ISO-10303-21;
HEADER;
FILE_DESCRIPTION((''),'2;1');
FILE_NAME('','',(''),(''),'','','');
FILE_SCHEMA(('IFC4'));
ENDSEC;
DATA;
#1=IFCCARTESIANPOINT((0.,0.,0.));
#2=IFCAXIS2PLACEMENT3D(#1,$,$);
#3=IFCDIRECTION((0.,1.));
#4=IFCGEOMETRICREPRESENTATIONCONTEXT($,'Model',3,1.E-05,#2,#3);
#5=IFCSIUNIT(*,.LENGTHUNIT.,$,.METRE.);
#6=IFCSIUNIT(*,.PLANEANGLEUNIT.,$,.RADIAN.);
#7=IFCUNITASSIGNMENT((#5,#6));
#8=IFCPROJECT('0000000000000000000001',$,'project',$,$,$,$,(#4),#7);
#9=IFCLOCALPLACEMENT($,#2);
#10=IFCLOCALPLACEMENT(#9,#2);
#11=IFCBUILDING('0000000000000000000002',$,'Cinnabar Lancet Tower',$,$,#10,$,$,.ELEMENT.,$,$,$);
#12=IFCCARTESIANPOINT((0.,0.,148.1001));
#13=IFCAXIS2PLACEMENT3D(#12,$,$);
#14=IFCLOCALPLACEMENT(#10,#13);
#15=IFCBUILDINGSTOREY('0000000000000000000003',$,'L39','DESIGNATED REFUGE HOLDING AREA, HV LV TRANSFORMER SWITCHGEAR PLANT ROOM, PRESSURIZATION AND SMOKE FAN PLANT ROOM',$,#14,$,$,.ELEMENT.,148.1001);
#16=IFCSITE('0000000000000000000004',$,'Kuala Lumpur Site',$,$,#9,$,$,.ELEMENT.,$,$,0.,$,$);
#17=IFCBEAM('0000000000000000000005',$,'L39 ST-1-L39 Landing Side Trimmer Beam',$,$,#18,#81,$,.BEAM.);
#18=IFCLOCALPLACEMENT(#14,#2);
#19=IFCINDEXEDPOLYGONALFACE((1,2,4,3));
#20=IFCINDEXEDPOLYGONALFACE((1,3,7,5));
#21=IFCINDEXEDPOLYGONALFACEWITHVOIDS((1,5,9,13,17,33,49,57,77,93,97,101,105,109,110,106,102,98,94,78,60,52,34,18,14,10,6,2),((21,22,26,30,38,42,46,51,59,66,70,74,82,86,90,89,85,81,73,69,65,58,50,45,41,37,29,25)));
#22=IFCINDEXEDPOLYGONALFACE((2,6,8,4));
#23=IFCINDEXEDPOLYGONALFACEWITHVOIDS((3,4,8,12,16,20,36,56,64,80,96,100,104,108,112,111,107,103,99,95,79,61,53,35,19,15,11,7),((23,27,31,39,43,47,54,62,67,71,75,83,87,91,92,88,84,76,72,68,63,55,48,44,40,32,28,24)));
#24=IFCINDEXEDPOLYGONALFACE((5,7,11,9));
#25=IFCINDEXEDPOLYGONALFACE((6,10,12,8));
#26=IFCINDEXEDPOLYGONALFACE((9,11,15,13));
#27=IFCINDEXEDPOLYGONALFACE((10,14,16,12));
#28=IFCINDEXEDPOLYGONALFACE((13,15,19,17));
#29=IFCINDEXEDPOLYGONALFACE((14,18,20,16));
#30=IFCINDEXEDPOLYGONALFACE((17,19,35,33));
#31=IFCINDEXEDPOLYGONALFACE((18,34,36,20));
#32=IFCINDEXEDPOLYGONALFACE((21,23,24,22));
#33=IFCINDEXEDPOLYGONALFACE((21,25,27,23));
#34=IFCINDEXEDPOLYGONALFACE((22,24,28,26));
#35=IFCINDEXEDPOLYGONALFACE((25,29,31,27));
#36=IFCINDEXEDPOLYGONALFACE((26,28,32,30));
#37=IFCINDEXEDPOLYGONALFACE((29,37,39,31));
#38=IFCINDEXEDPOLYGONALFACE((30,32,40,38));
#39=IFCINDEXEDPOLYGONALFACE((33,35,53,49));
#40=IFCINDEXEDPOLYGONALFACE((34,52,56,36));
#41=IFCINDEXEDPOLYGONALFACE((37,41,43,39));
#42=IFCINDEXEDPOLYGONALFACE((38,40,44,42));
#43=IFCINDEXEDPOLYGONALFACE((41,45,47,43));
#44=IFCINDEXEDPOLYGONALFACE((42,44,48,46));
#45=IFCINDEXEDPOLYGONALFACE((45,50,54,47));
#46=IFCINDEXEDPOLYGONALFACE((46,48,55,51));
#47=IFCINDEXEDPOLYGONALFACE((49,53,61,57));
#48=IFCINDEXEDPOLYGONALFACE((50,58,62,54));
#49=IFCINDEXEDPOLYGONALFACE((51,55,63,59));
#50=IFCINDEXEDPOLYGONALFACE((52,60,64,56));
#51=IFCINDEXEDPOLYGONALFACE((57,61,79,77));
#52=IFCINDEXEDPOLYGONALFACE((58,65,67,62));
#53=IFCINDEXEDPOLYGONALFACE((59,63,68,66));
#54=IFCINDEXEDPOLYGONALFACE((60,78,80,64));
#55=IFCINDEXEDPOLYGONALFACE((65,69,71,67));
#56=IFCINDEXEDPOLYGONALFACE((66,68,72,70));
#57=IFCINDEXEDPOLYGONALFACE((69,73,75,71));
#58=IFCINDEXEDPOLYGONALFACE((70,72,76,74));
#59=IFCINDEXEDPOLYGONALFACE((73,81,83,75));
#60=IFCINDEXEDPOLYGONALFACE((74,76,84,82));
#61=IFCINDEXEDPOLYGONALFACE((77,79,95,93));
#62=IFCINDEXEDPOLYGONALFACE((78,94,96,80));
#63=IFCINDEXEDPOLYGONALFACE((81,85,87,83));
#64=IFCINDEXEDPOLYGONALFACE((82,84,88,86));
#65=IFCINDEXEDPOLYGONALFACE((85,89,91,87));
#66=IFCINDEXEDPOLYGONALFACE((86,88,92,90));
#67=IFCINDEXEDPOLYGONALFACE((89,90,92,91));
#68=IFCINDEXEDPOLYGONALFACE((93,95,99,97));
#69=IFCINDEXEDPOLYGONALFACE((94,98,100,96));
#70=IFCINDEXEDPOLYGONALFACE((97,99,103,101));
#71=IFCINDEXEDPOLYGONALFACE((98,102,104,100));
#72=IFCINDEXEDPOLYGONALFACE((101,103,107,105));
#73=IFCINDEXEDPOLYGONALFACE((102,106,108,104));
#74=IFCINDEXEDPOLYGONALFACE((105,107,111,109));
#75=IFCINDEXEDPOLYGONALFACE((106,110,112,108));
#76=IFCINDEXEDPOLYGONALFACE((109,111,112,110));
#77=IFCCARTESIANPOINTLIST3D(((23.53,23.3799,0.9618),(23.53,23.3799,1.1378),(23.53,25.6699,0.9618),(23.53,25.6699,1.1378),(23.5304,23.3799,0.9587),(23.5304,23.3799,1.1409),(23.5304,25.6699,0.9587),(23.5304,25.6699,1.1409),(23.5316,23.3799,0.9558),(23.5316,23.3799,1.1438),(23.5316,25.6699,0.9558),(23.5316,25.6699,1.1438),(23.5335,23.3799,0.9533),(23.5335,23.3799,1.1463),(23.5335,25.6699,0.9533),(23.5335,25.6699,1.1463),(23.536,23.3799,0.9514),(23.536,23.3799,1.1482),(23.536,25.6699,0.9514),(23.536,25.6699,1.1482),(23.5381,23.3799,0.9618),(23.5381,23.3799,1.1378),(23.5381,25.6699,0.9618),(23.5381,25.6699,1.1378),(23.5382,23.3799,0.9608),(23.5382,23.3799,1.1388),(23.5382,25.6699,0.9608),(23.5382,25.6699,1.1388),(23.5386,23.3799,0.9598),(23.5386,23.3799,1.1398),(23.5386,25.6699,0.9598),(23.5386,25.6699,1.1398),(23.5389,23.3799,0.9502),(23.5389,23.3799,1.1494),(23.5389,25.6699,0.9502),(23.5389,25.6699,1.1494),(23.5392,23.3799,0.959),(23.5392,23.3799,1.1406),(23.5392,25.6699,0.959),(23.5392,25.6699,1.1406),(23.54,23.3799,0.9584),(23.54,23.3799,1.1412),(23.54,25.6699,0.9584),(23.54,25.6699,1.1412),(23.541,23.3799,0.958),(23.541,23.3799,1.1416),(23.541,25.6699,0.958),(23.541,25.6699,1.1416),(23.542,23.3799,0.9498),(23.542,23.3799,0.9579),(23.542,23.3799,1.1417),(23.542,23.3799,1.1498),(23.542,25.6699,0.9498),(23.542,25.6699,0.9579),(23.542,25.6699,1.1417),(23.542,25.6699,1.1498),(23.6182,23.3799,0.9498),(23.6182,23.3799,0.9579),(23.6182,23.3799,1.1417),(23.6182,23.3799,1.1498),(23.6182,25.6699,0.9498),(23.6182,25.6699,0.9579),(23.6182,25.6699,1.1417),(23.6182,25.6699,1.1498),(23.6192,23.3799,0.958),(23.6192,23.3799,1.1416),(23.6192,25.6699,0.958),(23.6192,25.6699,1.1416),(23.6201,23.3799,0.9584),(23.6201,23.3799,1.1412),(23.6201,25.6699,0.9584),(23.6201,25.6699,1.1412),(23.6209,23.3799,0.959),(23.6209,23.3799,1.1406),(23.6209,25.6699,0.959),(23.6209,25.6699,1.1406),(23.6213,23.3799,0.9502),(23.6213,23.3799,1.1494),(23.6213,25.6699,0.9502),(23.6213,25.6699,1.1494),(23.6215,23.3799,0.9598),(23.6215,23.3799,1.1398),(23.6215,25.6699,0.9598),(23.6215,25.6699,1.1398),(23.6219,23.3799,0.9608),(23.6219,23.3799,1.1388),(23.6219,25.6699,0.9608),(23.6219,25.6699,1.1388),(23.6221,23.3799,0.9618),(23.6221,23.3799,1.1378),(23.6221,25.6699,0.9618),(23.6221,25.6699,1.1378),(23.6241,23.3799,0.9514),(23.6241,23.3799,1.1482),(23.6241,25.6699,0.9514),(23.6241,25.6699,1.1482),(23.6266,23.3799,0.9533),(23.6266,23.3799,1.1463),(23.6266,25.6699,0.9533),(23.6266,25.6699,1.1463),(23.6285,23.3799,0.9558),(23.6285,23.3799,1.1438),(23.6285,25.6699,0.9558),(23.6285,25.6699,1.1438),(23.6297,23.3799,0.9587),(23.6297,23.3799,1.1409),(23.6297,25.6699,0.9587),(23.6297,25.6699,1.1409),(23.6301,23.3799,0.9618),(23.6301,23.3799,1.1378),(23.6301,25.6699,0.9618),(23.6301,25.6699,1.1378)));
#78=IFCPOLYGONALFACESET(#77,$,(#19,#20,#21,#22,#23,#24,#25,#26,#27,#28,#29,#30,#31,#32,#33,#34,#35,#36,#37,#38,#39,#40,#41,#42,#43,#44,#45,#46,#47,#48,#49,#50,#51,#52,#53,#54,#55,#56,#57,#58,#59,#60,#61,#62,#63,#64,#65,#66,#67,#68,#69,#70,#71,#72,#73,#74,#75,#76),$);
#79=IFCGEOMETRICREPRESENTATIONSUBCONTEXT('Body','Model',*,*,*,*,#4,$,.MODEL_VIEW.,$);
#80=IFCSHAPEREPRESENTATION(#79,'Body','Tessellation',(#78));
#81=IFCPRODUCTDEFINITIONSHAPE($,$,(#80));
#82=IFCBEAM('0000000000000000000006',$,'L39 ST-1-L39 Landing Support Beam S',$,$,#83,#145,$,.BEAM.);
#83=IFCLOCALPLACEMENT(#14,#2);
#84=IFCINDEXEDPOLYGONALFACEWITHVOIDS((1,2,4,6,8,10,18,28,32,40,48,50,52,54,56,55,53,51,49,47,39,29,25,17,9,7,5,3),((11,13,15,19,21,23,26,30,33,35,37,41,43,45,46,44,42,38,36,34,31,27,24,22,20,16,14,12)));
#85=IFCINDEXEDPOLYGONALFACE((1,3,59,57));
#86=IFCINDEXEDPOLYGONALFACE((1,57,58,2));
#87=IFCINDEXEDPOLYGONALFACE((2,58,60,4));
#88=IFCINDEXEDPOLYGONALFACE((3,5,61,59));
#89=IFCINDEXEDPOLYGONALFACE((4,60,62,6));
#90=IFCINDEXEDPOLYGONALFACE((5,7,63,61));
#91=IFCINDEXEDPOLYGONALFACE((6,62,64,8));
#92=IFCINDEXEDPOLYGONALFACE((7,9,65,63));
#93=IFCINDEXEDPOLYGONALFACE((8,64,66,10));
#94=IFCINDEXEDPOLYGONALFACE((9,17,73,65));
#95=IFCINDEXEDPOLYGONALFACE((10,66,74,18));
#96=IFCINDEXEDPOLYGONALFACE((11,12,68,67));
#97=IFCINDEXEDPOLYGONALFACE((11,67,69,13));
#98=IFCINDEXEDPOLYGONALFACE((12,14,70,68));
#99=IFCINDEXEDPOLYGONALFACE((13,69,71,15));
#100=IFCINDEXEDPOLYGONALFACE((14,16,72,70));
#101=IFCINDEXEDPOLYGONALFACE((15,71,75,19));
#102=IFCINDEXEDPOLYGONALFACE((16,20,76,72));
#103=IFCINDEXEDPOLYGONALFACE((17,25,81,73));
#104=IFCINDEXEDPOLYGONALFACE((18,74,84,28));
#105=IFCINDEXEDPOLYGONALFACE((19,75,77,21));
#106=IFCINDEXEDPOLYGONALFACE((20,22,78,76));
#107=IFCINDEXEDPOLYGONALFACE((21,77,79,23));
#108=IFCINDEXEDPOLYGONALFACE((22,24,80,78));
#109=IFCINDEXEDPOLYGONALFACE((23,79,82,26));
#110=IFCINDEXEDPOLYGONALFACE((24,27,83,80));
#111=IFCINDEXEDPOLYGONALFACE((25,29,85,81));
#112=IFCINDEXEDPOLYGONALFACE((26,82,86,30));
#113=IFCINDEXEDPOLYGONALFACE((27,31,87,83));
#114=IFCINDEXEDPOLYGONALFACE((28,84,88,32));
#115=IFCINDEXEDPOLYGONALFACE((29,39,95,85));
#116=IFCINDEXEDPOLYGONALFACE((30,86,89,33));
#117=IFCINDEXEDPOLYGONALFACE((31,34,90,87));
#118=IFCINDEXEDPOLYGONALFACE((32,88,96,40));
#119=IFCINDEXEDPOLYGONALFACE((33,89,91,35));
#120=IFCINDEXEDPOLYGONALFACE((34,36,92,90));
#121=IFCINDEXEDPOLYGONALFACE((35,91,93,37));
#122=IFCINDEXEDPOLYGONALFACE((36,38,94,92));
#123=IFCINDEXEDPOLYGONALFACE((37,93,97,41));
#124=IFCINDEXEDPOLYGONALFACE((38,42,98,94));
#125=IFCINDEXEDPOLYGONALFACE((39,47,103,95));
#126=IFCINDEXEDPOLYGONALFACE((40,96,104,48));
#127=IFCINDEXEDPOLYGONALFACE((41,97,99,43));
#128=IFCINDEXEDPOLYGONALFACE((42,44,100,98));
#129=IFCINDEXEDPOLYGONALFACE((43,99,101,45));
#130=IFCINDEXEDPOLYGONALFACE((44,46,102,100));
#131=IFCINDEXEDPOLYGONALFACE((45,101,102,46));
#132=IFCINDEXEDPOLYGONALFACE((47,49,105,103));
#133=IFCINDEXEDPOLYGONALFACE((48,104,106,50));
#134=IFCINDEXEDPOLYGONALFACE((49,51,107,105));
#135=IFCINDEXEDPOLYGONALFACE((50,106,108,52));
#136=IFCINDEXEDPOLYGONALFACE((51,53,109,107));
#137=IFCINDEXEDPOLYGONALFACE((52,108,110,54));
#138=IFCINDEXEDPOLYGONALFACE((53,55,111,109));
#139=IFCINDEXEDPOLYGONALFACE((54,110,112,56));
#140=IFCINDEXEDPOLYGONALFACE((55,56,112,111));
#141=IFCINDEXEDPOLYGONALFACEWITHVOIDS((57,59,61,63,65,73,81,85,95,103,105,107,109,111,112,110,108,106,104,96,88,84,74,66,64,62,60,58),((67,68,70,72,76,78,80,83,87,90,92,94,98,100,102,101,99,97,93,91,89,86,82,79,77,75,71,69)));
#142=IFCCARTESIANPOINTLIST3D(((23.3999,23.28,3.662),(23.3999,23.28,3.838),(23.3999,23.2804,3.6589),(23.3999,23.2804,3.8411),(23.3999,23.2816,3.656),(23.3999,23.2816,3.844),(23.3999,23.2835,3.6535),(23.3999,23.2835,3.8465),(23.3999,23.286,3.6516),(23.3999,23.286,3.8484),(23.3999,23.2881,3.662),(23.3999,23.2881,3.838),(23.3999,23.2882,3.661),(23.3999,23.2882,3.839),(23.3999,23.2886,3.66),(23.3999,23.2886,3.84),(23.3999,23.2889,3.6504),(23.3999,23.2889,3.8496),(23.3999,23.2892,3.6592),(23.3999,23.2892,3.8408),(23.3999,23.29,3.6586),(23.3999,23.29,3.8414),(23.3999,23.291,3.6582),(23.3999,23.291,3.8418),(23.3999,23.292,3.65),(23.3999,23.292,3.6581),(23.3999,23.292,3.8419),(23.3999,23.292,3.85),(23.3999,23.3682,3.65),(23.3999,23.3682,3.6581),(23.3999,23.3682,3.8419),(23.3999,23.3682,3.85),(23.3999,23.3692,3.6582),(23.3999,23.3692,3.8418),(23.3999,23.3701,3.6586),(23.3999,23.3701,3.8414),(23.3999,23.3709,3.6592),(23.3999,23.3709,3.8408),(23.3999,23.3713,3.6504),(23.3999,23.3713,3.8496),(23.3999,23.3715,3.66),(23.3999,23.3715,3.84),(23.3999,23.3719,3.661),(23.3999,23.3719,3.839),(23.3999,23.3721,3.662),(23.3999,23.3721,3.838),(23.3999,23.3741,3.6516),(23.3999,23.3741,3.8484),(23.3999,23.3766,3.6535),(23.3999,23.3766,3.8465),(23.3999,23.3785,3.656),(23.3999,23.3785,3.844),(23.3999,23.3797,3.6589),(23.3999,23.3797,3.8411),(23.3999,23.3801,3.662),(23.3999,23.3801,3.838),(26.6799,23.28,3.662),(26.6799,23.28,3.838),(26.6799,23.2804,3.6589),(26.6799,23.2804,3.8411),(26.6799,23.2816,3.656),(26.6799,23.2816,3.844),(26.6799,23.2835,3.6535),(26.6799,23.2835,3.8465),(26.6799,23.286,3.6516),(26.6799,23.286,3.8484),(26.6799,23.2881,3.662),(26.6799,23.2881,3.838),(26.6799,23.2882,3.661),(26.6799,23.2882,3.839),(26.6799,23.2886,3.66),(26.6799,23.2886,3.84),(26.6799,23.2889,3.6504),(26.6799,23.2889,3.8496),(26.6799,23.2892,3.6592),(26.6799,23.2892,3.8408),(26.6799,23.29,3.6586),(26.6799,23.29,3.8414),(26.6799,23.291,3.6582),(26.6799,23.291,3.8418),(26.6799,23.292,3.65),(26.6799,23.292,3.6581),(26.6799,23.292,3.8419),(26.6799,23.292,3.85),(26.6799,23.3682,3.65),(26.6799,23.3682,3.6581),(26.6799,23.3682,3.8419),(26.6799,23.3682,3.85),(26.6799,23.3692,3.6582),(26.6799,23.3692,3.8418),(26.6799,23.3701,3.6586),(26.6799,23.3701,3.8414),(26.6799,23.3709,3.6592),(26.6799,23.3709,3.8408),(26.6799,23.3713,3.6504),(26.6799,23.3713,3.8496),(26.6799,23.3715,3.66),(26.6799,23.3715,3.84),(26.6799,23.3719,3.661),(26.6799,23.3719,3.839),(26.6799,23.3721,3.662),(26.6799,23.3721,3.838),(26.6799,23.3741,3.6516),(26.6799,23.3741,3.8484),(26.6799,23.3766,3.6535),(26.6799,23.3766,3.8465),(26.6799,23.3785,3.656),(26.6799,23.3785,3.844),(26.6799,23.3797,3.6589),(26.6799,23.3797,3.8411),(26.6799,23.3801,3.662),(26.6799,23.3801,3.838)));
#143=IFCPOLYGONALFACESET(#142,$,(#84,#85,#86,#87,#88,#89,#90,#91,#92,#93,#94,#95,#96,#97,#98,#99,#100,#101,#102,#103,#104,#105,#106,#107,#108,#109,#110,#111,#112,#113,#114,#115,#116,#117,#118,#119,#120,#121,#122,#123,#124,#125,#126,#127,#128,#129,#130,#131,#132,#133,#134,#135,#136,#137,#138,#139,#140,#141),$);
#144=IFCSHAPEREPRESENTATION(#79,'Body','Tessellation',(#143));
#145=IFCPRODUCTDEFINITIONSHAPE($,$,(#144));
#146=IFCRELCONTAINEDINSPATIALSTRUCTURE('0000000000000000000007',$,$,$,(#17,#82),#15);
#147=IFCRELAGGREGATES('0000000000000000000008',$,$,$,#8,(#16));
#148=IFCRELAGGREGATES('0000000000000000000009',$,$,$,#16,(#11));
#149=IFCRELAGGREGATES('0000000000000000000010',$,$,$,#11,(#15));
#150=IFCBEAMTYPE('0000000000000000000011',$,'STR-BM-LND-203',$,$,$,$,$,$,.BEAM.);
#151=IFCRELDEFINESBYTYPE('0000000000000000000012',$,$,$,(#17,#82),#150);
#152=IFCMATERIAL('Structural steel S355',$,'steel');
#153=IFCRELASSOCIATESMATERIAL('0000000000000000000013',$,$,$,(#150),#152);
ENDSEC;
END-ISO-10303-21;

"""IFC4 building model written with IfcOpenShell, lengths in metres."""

from ifc_helpers import new_model, si_unit, direction, frame, origin, origin_2d, place, context, subcontext, project, spatial, hollow_rectangle, extrude, material, material_profile, profile_set, type_object, element, save


model = new_model("IFC4")

# Units and contexts
model_context = context("Model", 3, precision=1e-05, world=origin(), true_north=direction((0.0, 1.0)))
body_context = subcontext(model_context, "Body", "Model", "MODEL_VIEW")
ifc_project = project(units=[si_unit("LENGTHUNIT", "METRE"), si_unit("PLANEANGLEUNIT", "RADIAN")], contexts=[model_context])

# Site, building, storey
site_placement = place(None, origin())
site = spatial("IfcSite", under=ifc_project, at=site_placement, Name="Kuala Lumpur Site", CompositionType="ELEMENT", RefElevation=0.0)
building_placement = place(site_placement, origin())
building = spatial("IfcBuilding", under=site, at=building_placement, Name="Cinnabar Lancet Tower", CompositionType="ELEMENT")
storey_placement = place(building_placement, frame((0.0, 0.0, 148.1001)))
storey = spatial("IfcBuildingStorey", under=building, at=storey_placement, Name="L39", Description="DESIGNATED REFUGE HOLDING AREA, HV LV TRANSFORMER SWITCHGEAR PLANT ROOM, PRESSURIZATION AND SMOKE FAN PLANT ROOM", CompositionType="ELEMENT", Elevation=148.1001)

# Beams
ifc_material_1 = material(Name="Structural steel S355", Category="steel")
ifc_material_profile_1 = material_profile(ifc_material_1, hollow_rectangle(XDim=0.1001, YDim=0.2, WallThickness=0.0081, InnerFilletRadius=0.0039, OuterFilletRadius=0.012, at=origin_2d()), Name="RHS 200x100x8")
ifc_profile_set_1 = profile_set([ifc_material_profile_1], Name="Structural steel S355")
beam_type_1 = type_object("IfcBeamType", Name="STR-BM-LND-203", PredefinedType="BEAM", material=ifc_profile_set_1)
beam_1_placement = place(storey_placement, frame((23.5801, 23.3799, 1.0498), z_axis=(0.0, 1.0, 0.0), x_axis=(-1.0, 0.0, 0.0)))
element("IfcBeam", 1, at=beam_1_placement, inside=storey, type_object=beam_type_1, Name="L39 ST-1-L39 Landing Side Trimmer Beam", PredefinedType="BEAM", context=body_context, shape_type="SweptSolid", body=[
    extrude(hollow_rectangle(XDim=0.1001, YDim=0.2, WallThickness=0.0081, InnerFilletRadius=0.0039, OuterFilletRadius=0.012, at=origin_2d()), origin(), (0.0, 0.0, 1.0), 2.29),
])
for number, where, z_axis, x_axis, name in (
    (2, (23.3999, 23.3301, 3.75), (1.0, 0.0, 0.0), (0.0, 1.0, 0.0), "L39 ST-1-L39 Landing Support Beam S"),
):
    element("IfcBeam", number, at=place(storey_placement, frame(where, z_axis=z_axis, x_axis=x_axis)), inside=storey, type_object=beam_type_1, Name=name, PredefinedType="BEAM", context=body_context, shape_type="SweptSolid", body=[
        extrude(hollow_rectangle(XDim=0.1001, YDim=0.2, WallThickness=0.0081, InnerFilletRadius=0.0039, OuterFilletRadius=0.012, at=origin_2d()), origin(), (0.0, 0.0, 1.0), 3.28),
    ])

save(model, "model.ifc")
